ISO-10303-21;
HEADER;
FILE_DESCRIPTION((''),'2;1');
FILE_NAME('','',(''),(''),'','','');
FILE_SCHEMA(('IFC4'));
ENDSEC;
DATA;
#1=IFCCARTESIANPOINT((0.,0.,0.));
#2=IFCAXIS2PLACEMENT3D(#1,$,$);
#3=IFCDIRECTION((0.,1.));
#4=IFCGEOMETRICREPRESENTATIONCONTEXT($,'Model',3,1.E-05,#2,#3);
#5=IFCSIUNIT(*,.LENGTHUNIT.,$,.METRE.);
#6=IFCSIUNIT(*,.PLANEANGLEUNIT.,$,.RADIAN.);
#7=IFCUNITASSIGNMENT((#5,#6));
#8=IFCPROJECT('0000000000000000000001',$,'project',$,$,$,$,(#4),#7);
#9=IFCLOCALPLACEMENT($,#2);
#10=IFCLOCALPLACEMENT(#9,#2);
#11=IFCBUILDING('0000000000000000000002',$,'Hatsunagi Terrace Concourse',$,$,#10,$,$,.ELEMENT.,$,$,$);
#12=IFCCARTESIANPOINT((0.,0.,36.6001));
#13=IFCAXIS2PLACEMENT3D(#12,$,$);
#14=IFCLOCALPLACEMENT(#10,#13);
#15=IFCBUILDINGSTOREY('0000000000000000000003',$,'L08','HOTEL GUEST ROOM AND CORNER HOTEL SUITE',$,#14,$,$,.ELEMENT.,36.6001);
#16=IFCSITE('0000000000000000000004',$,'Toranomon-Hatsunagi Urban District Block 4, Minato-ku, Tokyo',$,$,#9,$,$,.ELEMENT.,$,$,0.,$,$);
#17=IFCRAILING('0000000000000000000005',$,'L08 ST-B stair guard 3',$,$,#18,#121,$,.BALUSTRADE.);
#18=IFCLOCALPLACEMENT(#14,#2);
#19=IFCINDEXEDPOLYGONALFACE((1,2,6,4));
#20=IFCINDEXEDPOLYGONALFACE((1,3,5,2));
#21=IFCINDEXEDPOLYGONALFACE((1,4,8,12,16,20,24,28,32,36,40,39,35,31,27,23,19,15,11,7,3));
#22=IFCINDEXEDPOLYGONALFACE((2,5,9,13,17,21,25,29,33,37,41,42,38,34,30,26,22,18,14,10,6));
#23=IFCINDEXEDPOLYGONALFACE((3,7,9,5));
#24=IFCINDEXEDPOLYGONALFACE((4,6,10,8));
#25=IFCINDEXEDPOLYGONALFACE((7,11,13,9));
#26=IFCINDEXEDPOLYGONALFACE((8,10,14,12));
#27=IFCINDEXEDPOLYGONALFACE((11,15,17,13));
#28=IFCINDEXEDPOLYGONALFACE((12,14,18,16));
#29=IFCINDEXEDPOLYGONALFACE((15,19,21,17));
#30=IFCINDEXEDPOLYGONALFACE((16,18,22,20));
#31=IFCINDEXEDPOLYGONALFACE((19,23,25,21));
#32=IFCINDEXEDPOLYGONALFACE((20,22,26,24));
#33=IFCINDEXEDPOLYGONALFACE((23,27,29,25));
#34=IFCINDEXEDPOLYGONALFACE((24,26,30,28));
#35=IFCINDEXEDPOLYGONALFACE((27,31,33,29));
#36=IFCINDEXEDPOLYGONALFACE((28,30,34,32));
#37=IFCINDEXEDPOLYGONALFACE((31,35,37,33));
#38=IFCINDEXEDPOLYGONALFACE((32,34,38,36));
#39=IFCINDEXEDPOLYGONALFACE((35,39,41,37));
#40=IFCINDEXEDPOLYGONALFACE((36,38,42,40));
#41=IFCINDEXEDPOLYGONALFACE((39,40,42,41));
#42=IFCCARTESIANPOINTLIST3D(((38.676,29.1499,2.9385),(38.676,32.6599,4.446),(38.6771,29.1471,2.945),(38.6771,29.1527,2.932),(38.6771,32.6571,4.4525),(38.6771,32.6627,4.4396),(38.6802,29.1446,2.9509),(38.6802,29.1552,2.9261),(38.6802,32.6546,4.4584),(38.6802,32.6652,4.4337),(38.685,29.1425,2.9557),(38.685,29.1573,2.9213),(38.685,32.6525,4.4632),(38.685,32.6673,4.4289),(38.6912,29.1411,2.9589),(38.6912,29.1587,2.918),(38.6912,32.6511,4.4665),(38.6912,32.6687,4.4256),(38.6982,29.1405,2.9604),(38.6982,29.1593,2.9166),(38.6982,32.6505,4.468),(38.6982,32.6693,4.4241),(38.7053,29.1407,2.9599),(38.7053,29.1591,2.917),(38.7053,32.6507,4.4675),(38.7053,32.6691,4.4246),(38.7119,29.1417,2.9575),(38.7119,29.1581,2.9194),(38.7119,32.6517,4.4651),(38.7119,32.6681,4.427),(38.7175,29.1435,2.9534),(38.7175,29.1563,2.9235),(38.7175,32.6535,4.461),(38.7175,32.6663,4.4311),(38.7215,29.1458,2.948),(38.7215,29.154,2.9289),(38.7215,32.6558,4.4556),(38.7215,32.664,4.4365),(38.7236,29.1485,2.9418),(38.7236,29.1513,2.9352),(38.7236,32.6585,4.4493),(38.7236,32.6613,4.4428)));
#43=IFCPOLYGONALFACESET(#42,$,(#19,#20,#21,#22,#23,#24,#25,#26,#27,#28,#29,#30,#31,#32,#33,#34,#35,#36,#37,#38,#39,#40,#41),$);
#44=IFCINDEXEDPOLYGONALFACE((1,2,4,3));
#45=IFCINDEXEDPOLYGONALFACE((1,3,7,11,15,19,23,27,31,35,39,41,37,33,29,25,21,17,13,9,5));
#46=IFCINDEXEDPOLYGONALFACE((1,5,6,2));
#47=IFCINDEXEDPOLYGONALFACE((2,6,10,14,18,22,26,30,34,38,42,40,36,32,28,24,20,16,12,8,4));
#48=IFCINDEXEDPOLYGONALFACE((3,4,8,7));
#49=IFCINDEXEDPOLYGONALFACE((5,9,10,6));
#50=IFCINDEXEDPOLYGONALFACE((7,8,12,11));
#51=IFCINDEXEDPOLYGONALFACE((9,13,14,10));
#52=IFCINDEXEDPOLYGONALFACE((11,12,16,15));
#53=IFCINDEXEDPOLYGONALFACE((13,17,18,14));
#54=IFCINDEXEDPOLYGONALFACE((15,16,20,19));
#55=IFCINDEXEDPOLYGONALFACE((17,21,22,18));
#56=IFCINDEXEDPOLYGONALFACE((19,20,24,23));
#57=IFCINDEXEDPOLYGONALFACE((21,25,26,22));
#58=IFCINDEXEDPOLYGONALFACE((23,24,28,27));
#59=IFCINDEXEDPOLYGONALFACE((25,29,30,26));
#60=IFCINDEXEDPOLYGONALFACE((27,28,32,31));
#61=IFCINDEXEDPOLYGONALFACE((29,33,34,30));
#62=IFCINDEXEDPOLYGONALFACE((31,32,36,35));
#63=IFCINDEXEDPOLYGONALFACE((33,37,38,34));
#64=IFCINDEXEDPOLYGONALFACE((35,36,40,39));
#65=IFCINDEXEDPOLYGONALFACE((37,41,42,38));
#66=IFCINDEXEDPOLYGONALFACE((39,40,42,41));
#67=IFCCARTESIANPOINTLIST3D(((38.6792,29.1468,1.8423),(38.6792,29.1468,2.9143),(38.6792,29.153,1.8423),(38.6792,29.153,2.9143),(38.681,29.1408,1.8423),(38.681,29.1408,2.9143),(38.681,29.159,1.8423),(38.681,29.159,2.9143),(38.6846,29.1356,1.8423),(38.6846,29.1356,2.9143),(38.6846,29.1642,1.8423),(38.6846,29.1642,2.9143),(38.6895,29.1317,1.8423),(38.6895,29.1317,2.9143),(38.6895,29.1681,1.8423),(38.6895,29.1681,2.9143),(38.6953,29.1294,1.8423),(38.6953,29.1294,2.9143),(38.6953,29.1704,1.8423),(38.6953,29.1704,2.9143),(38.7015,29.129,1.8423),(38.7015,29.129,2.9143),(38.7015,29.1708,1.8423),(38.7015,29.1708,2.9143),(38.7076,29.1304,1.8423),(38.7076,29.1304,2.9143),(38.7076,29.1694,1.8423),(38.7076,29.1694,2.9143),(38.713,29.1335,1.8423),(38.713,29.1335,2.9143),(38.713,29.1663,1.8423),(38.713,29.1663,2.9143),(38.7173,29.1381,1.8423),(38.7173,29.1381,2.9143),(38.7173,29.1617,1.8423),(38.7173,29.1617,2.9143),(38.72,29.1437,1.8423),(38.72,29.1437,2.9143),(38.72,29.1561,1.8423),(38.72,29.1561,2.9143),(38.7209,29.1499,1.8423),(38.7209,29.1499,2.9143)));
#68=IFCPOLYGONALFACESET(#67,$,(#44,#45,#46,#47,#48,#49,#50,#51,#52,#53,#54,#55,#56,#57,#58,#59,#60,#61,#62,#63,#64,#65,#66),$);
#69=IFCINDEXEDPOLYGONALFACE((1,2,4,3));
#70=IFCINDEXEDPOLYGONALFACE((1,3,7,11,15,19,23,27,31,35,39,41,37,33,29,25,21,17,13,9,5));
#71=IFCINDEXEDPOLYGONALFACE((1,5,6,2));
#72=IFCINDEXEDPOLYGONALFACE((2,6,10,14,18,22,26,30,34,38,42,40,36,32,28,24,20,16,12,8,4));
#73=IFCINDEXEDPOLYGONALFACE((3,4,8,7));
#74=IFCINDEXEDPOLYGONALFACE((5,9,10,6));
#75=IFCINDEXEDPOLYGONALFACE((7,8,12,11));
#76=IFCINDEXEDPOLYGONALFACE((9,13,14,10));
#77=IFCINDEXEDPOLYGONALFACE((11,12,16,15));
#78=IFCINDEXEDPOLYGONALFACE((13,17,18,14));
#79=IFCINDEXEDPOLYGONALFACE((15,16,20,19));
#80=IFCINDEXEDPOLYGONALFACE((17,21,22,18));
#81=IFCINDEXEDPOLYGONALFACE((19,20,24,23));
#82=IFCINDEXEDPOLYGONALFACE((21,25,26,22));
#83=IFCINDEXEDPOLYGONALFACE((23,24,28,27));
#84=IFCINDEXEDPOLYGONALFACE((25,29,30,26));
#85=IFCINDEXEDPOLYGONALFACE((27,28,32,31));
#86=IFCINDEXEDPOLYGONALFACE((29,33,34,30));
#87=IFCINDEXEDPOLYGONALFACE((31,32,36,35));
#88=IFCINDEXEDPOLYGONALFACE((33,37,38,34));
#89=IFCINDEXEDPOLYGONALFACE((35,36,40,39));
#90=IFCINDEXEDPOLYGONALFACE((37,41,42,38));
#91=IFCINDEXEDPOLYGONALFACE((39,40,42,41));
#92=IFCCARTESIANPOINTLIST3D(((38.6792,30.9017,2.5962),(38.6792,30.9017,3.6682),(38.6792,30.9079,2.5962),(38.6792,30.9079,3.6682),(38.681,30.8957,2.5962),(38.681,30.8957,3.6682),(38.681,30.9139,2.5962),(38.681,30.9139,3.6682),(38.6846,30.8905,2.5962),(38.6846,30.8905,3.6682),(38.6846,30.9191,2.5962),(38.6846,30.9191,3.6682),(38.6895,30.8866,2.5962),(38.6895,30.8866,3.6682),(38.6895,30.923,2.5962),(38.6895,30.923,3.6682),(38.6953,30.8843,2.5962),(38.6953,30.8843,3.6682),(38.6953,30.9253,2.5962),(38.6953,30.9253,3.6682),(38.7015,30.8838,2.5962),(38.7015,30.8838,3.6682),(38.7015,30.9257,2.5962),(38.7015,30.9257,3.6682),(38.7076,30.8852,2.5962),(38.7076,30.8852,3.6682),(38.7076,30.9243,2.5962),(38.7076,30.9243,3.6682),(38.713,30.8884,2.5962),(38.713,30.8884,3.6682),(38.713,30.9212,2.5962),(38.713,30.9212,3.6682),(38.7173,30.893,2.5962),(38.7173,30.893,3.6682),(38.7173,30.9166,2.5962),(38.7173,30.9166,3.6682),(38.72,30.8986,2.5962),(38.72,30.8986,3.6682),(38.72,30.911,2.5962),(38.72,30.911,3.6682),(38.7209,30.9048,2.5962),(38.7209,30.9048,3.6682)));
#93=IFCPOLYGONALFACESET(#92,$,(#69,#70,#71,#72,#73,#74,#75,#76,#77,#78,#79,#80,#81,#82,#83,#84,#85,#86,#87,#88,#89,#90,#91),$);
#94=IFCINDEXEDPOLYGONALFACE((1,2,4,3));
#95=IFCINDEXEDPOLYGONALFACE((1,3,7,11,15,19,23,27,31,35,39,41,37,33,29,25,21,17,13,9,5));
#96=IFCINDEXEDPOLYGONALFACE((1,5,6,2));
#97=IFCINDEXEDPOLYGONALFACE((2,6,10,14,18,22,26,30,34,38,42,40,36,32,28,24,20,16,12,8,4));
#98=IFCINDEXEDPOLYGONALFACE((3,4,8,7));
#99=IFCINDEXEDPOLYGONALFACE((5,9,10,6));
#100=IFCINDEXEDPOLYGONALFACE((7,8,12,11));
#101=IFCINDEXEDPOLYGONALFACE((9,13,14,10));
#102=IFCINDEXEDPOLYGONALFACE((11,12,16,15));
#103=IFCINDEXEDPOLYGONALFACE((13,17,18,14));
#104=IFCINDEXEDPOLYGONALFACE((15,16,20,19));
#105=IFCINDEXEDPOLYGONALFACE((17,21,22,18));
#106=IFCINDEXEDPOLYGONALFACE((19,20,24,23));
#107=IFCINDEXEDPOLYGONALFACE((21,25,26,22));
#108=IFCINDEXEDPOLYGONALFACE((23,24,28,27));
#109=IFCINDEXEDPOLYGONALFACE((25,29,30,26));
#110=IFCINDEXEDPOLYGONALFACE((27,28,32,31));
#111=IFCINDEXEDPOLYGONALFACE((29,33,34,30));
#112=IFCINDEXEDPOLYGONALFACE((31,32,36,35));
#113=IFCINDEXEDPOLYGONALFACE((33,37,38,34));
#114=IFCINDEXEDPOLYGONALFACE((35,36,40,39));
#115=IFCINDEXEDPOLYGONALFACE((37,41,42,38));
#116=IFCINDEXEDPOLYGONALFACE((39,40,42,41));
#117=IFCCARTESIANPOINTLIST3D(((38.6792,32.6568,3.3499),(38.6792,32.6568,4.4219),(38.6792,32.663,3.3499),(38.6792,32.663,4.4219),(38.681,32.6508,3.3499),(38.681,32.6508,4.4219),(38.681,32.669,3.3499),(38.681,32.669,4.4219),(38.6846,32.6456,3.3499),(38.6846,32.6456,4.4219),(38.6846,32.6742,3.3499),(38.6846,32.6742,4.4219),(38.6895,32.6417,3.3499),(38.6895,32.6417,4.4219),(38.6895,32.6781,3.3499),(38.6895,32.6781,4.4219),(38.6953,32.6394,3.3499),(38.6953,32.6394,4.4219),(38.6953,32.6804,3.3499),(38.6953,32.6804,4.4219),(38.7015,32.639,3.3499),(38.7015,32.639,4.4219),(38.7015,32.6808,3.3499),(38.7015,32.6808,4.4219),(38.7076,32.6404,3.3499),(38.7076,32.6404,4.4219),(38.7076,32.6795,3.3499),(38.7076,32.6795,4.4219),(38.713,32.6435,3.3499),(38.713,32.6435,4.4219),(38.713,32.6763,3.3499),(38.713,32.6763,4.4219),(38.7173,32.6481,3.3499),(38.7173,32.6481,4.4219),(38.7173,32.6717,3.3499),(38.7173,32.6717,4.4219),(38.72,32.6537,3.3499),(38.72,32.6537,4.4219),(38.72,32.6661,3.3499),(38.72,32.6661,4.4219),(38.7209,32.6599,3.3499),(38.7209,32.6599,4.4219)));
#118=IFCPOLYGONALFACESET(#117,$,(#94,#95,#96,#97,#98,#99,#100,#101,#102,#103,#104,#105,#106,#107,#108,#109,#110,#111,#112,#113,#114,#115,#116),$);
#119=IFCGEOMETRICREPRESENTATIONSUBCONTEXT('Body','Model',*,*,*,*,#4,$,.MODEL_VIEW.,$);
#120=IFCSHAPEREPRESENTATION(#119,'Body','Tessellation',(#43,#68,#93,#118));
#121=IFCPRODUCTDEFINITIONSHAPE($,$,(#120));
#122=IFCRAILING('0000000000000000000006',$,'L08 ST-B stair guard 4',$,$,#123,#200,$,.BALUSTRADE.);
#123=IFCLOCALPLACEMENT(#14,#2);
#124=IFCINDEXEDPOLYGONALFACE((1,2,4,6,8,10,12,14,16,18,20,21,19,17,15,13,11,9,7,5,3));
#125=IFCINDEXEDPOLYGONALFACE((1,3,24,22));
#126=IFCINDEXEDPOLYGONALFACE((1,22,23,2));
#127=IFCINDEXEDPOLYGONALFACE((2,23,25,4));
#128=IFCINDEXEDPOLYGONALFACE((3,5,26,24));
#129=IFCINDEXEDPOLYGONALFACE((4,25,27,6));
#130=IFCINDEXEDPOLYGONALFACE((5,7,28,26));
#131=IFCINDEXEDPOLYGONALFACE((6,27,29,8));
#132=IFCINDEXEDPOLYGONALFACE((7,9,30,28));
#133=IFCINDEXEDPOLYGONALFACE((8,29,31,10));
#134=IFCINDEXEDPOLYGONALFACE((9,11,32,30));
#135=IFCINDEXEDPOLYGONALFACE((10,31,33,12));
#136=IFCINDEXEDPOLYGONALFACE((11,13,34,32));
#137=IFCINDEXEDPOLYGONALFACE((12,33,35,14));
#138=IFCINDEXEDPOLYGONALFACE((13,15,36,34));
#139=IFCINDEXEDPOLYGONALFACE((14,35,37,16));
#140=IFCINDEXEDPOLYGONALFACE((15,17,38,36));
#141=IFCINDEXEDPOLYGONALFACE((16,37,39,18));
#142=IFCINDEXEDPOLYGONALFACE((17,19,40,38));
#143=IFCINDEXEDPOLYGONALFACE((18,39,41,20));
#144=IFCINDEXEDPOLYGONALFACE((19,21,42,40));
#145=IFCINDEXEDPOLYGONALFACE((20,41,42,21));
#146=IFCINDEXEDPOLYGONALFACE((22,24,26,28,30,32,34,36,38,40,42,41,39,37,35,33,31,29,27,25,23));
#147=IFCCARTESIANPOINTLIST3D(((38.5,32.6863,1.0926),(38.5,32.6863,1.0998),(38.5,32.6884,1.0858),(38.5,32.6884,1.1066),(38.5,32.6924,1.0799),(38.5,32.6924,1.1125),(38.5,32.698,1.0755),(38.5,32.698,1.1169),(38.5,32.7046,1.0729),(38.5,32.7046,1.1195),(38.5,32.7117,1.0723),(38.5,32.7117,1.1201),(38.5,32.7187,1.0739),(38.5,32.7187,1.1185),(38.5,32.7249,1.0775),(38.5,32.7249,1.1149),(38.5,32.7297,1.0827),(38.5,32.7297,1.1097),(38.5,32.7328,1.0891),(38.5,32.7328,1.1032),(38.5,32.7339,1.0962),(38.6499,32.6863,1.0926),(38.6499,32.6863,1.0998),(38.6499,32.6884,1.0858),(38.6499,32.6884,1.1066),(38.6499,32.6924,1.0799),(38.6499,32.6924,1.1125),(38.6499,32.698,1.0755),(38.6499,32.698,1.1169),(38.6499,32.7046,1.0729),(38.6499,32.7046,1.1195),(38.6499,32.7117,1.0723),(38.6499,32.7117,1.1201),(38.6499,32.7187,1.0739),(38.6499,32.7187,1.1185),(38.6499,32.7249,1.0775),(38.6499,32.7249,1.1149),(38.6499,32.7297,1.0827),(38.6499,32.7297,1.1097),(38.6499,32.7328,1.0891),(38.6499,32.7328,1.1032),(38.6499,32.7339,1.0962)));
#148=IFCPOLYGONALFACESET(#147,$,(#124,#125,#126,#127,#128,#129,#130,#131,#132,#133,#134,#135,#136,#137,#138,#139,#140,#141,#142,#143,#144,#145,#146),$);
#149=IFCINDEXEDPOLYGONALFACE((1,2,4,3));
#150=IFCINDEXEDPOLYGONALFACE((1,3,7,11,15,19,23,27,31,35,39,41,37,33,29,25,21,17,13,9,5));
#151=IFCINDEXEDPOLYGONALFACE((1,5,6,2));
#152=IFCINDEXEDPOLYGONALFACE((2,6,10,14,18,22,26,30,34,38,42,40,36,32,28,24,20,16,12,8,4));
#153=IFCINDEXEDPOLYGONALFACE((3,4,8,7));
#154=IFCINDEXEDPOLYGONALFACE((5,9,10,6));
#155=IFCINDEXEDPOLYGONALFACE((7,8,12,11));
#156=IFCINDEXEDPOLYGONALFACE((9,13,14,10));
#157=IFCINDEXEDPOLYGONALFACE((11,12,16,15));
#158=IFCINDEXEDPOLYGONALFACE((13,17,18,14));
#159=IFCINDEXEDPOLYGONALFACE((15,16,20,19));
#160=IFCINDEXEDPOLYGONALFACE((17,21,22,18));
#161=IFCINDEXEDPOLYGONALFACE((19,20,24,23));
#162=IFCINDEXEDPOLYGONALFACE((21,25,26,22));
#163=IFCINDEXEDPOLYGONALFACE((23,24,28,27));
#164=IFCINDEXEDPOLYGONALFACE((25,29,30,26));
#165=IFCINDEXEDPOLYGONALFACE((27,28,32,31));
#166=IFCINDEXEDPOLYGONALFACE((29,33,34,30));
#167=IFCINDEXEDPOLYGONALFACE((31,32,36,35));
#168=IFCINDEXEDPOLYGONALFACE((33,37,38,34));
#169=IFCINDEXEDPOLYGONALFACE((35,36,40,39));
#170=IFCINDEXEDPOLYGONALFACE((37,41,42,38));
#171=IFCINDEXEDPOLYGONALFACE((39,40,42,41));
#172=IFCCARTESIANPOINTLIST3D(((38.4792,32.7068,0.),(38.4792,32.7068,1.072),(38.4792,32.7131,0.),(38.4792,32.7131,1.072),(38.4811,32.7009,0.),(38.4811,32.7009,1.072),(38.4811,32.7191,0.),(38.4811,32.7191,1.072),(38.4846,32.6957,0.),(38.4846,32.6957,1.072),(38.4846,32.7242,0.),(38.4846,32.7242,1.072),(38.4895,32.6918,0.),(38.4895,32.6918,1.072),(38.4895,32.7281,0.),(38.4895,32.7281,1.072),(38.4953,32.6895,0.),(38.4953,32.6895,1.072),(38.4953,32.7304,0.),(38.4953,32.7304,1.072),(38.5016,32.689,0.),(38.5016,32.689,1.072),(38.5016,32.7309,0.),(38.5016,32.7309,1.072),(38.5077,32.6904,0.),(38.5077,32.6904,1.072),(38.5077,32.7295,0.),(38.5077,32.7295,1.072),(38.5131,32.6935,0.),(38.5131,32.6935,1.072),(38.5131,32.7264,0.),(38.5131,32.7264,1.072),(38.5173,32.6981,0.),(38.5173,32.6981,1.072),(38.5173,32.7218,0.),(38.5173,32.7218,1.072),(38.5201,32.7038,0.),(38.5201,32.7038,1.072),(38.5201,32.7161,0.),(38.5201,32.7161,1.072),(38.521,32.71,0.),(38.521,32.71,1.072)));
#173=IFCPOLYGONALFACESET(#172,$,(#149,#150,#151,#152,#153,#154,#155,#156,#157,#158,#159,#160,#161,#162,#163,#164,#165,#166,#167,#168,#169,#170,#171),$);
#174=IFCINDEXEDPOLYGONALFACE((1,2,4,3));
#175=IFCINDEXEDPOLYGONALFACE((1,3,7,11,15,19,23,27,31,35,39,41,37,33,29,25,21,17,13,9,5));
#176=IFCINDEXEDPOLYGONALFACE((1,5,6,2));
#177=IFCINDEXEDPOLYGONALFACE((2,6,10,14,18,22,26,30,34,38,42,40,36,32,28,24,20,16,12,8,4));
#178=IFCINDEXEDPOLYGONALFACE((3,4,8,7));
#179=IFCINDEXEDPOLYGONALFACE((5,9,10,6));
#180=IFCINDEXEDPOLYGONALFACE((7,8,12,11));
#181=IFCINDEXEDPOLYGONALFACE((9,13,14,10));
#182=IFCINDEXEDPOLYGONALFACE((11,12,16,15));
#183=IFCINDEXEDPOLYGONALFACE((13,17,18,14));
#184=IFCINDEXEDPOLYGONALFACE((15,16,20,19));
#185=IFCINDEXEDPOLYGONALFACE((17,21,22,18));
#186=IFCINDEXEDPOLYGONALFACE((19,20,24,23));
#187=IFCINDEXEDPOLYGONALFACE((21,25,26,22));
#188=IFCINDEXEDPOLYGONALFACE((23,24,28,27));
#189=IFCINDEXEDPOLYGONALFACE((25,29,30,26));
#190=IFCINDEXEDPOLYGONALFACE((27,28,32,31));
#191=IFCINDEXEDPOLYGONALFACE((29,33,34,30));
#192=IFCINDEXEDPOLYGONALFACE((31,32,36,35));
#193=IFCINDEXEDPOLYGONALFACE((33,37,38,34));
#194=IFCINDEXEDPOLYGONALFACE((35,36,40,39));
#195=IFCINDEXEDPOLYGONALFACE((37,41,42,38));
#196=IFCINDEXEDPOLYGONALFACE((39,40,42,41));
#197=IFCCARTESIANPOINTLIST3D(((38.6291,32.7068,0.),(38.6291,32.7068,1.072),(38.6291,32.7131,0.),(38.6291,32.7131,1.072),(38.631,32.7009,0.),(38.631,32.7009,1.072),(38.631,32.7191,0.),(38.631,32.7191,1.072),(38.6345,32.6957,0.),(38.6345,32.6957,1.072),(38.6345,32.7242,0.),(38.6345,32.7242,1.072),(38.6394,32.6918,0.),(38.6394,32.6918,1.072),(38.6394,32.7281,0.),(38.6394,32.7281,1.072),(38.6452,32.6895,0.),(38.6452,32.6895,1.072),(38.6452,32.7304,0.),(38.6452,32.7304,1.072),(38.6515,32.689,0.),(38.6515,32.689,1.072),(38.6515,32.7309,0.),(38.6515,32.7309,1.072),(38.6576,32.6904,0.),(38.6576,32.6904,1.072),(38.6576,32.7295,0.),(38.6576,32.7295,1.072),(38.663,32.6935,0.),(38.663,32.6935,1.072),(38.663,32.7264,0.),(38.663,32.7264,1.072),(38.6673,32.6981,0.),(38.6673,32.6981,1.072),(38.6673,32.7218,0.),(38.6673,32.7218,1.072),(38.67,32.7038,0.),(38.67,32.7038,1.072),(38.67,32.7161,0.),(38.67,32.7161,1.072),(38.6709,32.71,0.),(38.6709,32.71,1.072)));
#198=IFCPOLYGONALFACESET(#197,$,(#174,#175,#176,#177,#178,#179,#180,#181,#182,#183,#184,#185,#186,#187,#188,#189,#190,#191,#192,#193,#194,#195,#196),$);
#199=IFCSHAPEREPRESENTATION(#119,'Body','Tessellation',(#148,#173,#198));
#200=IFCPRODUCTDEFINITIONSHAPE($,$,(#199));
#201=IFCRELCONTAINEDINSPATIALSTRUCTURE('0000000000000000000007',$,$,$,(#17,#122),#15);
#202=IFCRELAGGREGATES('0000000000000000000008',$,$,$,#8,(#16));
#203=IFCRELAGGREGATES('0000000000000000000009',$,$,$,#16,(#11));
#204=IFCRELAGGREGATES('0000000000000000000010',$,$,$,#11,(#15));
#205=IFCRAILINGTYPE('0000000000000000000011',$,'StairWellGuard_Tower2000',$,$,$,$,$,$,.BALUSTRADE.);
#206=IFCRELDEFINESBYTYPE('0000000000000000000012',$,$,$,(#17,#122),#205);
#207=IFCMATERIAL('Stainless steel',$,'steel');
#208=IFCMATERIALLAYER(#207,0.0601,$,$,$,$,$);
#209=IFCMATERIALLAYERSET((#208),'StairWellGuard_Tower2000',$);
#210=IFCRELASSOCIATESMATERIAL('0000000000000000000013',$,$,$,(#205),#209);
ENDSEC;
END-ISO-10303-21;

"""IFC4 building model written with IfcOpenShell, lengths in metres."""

from ifc_helpers import new_model, si_unit, direction, frame, origin, origin_2d, place, context, subcontext, project, spatial, circle, extrude, material, layer, layer_set, type_object, element, save


model = new_model("IFC4")

# Units and contexts
model_context = context("Model", 3, precision=1e-05, world=origin(), true_north=direction((0.0, 1.0)))
body_context = subcontext(model_context, "Body", "Model", "MODEL_VIEW")
ifc_project = project(units=[si_unit("LENGTHUNIT", "METRE"), si_unit("PLANEANGLEUNIT", "RADIAN")], contexts=[model_context])

# Site, building, storey
site_placement = place(None, origin())
site = spatial("IfcSite", under=ifc_project, at=site_placement, Name="Toranomon-Hatsunagi Urban District Block 4, Minato-ku, Tokyo", CompositionType="ELEMENT", RefElevation=0.0)
building_placement = place(site_placement, origin())
building = spatial("IfcBuilding", under=site, at=building_placement, Name="Hatsunagi Terrace Concourse", CompositionType="ELEMENT")
storey_placement = place(building_placement, frame((0.0, 0.0, 36.6001)))
storey = spatial("IfcBuildingStorey", under=building, at=storey_placement, Name="L08", Description="HOTEL GUEST ROOM AND CORNER HOTEL SUITE", CompositionType="ELEMENT", Elevation=36.6001)

# Railings
ifc_material_1 = material(Name="Stainless steel", Category="steel")
ifc_layer_1 = layer(ifc_material_1, 0.0601)
ifc_layer_set_1 = layer_set([ifc_layer_1], Name="StairWellGuard_Tower2000")
railing_type_1 = type_object("IfcRailingType", Name="StairWellGuard_Tower2000", PredefinedType="BALUSTRADE", material=ifc_layer_set_1)
railing_1_placement = place(storey_placement, frame((38.7, 29.1499, 1.8423)))
element("IfcRailing", 1, at=railing_1_placement, inside=storey, type_object=railing_type_1, Name="L08 ST-B stair guard 3", PredefinedType="BALUSTRADE", context=body_context, shape_type="SweptSolid", body=[
    extrude(circle(Radius=0.0239, at=origin_2d()), frame((0.0, 0.0, 1.0962), z_axis=(0.0, 0.918834, 0.394644), x_axis=(-1.0, 0.0, 0.0)), (0.0, 0.0, 1.0), 3.8201),
    extrude(circle(Radius=0.021, at=origin_2d()), origin(), (0.0, 0.0, 1.0), 1.072),
    extrude(circle(Radius=0.021, at=origin_2d()), frame((0.0, 1.7549, 0.7539)), (0.0, 0.0, 1.0), 1.072),
    extrude(circle(Radius=0.021, at=origin_2d()), frame((0.0, 3.51, 1.5076)), (0.0, 0.0, 1.0), 1.072),
])
railing_2_placement = place(storey_placement, frame((38.5, 32.71, 0.0)))
element("IfcRailing", 2, at=railing_2_placement, inside=storey, type_object=railing_type_1, Name="L08 ST-B stair guard 4", PredefinedType="BALUSTRADE", context=body_context, shape_type="SweptSolid", body=[
    extrude(circle(Radius=0.0239, at=origin_2d()), frame((0.0, 0.0, 1.0962), z_axis=(1.0, 0.0, 0.0), x_axis=(0.0, 1.0, 0.0)), (0.0, 0.0, 1.0), 0.1499),
    extrude(circle(Radius=0.021, at=origin_2d()), origin(), (0.0, 0.0, 1.0), 1.072),
    extrude(circle(Radius=0.021, at=origin_2d()), frame((0.1499, 0.0, 0.0)), (0.0, 0.0, 1.0), 1.072),
])

save(model, "model.ifc")
